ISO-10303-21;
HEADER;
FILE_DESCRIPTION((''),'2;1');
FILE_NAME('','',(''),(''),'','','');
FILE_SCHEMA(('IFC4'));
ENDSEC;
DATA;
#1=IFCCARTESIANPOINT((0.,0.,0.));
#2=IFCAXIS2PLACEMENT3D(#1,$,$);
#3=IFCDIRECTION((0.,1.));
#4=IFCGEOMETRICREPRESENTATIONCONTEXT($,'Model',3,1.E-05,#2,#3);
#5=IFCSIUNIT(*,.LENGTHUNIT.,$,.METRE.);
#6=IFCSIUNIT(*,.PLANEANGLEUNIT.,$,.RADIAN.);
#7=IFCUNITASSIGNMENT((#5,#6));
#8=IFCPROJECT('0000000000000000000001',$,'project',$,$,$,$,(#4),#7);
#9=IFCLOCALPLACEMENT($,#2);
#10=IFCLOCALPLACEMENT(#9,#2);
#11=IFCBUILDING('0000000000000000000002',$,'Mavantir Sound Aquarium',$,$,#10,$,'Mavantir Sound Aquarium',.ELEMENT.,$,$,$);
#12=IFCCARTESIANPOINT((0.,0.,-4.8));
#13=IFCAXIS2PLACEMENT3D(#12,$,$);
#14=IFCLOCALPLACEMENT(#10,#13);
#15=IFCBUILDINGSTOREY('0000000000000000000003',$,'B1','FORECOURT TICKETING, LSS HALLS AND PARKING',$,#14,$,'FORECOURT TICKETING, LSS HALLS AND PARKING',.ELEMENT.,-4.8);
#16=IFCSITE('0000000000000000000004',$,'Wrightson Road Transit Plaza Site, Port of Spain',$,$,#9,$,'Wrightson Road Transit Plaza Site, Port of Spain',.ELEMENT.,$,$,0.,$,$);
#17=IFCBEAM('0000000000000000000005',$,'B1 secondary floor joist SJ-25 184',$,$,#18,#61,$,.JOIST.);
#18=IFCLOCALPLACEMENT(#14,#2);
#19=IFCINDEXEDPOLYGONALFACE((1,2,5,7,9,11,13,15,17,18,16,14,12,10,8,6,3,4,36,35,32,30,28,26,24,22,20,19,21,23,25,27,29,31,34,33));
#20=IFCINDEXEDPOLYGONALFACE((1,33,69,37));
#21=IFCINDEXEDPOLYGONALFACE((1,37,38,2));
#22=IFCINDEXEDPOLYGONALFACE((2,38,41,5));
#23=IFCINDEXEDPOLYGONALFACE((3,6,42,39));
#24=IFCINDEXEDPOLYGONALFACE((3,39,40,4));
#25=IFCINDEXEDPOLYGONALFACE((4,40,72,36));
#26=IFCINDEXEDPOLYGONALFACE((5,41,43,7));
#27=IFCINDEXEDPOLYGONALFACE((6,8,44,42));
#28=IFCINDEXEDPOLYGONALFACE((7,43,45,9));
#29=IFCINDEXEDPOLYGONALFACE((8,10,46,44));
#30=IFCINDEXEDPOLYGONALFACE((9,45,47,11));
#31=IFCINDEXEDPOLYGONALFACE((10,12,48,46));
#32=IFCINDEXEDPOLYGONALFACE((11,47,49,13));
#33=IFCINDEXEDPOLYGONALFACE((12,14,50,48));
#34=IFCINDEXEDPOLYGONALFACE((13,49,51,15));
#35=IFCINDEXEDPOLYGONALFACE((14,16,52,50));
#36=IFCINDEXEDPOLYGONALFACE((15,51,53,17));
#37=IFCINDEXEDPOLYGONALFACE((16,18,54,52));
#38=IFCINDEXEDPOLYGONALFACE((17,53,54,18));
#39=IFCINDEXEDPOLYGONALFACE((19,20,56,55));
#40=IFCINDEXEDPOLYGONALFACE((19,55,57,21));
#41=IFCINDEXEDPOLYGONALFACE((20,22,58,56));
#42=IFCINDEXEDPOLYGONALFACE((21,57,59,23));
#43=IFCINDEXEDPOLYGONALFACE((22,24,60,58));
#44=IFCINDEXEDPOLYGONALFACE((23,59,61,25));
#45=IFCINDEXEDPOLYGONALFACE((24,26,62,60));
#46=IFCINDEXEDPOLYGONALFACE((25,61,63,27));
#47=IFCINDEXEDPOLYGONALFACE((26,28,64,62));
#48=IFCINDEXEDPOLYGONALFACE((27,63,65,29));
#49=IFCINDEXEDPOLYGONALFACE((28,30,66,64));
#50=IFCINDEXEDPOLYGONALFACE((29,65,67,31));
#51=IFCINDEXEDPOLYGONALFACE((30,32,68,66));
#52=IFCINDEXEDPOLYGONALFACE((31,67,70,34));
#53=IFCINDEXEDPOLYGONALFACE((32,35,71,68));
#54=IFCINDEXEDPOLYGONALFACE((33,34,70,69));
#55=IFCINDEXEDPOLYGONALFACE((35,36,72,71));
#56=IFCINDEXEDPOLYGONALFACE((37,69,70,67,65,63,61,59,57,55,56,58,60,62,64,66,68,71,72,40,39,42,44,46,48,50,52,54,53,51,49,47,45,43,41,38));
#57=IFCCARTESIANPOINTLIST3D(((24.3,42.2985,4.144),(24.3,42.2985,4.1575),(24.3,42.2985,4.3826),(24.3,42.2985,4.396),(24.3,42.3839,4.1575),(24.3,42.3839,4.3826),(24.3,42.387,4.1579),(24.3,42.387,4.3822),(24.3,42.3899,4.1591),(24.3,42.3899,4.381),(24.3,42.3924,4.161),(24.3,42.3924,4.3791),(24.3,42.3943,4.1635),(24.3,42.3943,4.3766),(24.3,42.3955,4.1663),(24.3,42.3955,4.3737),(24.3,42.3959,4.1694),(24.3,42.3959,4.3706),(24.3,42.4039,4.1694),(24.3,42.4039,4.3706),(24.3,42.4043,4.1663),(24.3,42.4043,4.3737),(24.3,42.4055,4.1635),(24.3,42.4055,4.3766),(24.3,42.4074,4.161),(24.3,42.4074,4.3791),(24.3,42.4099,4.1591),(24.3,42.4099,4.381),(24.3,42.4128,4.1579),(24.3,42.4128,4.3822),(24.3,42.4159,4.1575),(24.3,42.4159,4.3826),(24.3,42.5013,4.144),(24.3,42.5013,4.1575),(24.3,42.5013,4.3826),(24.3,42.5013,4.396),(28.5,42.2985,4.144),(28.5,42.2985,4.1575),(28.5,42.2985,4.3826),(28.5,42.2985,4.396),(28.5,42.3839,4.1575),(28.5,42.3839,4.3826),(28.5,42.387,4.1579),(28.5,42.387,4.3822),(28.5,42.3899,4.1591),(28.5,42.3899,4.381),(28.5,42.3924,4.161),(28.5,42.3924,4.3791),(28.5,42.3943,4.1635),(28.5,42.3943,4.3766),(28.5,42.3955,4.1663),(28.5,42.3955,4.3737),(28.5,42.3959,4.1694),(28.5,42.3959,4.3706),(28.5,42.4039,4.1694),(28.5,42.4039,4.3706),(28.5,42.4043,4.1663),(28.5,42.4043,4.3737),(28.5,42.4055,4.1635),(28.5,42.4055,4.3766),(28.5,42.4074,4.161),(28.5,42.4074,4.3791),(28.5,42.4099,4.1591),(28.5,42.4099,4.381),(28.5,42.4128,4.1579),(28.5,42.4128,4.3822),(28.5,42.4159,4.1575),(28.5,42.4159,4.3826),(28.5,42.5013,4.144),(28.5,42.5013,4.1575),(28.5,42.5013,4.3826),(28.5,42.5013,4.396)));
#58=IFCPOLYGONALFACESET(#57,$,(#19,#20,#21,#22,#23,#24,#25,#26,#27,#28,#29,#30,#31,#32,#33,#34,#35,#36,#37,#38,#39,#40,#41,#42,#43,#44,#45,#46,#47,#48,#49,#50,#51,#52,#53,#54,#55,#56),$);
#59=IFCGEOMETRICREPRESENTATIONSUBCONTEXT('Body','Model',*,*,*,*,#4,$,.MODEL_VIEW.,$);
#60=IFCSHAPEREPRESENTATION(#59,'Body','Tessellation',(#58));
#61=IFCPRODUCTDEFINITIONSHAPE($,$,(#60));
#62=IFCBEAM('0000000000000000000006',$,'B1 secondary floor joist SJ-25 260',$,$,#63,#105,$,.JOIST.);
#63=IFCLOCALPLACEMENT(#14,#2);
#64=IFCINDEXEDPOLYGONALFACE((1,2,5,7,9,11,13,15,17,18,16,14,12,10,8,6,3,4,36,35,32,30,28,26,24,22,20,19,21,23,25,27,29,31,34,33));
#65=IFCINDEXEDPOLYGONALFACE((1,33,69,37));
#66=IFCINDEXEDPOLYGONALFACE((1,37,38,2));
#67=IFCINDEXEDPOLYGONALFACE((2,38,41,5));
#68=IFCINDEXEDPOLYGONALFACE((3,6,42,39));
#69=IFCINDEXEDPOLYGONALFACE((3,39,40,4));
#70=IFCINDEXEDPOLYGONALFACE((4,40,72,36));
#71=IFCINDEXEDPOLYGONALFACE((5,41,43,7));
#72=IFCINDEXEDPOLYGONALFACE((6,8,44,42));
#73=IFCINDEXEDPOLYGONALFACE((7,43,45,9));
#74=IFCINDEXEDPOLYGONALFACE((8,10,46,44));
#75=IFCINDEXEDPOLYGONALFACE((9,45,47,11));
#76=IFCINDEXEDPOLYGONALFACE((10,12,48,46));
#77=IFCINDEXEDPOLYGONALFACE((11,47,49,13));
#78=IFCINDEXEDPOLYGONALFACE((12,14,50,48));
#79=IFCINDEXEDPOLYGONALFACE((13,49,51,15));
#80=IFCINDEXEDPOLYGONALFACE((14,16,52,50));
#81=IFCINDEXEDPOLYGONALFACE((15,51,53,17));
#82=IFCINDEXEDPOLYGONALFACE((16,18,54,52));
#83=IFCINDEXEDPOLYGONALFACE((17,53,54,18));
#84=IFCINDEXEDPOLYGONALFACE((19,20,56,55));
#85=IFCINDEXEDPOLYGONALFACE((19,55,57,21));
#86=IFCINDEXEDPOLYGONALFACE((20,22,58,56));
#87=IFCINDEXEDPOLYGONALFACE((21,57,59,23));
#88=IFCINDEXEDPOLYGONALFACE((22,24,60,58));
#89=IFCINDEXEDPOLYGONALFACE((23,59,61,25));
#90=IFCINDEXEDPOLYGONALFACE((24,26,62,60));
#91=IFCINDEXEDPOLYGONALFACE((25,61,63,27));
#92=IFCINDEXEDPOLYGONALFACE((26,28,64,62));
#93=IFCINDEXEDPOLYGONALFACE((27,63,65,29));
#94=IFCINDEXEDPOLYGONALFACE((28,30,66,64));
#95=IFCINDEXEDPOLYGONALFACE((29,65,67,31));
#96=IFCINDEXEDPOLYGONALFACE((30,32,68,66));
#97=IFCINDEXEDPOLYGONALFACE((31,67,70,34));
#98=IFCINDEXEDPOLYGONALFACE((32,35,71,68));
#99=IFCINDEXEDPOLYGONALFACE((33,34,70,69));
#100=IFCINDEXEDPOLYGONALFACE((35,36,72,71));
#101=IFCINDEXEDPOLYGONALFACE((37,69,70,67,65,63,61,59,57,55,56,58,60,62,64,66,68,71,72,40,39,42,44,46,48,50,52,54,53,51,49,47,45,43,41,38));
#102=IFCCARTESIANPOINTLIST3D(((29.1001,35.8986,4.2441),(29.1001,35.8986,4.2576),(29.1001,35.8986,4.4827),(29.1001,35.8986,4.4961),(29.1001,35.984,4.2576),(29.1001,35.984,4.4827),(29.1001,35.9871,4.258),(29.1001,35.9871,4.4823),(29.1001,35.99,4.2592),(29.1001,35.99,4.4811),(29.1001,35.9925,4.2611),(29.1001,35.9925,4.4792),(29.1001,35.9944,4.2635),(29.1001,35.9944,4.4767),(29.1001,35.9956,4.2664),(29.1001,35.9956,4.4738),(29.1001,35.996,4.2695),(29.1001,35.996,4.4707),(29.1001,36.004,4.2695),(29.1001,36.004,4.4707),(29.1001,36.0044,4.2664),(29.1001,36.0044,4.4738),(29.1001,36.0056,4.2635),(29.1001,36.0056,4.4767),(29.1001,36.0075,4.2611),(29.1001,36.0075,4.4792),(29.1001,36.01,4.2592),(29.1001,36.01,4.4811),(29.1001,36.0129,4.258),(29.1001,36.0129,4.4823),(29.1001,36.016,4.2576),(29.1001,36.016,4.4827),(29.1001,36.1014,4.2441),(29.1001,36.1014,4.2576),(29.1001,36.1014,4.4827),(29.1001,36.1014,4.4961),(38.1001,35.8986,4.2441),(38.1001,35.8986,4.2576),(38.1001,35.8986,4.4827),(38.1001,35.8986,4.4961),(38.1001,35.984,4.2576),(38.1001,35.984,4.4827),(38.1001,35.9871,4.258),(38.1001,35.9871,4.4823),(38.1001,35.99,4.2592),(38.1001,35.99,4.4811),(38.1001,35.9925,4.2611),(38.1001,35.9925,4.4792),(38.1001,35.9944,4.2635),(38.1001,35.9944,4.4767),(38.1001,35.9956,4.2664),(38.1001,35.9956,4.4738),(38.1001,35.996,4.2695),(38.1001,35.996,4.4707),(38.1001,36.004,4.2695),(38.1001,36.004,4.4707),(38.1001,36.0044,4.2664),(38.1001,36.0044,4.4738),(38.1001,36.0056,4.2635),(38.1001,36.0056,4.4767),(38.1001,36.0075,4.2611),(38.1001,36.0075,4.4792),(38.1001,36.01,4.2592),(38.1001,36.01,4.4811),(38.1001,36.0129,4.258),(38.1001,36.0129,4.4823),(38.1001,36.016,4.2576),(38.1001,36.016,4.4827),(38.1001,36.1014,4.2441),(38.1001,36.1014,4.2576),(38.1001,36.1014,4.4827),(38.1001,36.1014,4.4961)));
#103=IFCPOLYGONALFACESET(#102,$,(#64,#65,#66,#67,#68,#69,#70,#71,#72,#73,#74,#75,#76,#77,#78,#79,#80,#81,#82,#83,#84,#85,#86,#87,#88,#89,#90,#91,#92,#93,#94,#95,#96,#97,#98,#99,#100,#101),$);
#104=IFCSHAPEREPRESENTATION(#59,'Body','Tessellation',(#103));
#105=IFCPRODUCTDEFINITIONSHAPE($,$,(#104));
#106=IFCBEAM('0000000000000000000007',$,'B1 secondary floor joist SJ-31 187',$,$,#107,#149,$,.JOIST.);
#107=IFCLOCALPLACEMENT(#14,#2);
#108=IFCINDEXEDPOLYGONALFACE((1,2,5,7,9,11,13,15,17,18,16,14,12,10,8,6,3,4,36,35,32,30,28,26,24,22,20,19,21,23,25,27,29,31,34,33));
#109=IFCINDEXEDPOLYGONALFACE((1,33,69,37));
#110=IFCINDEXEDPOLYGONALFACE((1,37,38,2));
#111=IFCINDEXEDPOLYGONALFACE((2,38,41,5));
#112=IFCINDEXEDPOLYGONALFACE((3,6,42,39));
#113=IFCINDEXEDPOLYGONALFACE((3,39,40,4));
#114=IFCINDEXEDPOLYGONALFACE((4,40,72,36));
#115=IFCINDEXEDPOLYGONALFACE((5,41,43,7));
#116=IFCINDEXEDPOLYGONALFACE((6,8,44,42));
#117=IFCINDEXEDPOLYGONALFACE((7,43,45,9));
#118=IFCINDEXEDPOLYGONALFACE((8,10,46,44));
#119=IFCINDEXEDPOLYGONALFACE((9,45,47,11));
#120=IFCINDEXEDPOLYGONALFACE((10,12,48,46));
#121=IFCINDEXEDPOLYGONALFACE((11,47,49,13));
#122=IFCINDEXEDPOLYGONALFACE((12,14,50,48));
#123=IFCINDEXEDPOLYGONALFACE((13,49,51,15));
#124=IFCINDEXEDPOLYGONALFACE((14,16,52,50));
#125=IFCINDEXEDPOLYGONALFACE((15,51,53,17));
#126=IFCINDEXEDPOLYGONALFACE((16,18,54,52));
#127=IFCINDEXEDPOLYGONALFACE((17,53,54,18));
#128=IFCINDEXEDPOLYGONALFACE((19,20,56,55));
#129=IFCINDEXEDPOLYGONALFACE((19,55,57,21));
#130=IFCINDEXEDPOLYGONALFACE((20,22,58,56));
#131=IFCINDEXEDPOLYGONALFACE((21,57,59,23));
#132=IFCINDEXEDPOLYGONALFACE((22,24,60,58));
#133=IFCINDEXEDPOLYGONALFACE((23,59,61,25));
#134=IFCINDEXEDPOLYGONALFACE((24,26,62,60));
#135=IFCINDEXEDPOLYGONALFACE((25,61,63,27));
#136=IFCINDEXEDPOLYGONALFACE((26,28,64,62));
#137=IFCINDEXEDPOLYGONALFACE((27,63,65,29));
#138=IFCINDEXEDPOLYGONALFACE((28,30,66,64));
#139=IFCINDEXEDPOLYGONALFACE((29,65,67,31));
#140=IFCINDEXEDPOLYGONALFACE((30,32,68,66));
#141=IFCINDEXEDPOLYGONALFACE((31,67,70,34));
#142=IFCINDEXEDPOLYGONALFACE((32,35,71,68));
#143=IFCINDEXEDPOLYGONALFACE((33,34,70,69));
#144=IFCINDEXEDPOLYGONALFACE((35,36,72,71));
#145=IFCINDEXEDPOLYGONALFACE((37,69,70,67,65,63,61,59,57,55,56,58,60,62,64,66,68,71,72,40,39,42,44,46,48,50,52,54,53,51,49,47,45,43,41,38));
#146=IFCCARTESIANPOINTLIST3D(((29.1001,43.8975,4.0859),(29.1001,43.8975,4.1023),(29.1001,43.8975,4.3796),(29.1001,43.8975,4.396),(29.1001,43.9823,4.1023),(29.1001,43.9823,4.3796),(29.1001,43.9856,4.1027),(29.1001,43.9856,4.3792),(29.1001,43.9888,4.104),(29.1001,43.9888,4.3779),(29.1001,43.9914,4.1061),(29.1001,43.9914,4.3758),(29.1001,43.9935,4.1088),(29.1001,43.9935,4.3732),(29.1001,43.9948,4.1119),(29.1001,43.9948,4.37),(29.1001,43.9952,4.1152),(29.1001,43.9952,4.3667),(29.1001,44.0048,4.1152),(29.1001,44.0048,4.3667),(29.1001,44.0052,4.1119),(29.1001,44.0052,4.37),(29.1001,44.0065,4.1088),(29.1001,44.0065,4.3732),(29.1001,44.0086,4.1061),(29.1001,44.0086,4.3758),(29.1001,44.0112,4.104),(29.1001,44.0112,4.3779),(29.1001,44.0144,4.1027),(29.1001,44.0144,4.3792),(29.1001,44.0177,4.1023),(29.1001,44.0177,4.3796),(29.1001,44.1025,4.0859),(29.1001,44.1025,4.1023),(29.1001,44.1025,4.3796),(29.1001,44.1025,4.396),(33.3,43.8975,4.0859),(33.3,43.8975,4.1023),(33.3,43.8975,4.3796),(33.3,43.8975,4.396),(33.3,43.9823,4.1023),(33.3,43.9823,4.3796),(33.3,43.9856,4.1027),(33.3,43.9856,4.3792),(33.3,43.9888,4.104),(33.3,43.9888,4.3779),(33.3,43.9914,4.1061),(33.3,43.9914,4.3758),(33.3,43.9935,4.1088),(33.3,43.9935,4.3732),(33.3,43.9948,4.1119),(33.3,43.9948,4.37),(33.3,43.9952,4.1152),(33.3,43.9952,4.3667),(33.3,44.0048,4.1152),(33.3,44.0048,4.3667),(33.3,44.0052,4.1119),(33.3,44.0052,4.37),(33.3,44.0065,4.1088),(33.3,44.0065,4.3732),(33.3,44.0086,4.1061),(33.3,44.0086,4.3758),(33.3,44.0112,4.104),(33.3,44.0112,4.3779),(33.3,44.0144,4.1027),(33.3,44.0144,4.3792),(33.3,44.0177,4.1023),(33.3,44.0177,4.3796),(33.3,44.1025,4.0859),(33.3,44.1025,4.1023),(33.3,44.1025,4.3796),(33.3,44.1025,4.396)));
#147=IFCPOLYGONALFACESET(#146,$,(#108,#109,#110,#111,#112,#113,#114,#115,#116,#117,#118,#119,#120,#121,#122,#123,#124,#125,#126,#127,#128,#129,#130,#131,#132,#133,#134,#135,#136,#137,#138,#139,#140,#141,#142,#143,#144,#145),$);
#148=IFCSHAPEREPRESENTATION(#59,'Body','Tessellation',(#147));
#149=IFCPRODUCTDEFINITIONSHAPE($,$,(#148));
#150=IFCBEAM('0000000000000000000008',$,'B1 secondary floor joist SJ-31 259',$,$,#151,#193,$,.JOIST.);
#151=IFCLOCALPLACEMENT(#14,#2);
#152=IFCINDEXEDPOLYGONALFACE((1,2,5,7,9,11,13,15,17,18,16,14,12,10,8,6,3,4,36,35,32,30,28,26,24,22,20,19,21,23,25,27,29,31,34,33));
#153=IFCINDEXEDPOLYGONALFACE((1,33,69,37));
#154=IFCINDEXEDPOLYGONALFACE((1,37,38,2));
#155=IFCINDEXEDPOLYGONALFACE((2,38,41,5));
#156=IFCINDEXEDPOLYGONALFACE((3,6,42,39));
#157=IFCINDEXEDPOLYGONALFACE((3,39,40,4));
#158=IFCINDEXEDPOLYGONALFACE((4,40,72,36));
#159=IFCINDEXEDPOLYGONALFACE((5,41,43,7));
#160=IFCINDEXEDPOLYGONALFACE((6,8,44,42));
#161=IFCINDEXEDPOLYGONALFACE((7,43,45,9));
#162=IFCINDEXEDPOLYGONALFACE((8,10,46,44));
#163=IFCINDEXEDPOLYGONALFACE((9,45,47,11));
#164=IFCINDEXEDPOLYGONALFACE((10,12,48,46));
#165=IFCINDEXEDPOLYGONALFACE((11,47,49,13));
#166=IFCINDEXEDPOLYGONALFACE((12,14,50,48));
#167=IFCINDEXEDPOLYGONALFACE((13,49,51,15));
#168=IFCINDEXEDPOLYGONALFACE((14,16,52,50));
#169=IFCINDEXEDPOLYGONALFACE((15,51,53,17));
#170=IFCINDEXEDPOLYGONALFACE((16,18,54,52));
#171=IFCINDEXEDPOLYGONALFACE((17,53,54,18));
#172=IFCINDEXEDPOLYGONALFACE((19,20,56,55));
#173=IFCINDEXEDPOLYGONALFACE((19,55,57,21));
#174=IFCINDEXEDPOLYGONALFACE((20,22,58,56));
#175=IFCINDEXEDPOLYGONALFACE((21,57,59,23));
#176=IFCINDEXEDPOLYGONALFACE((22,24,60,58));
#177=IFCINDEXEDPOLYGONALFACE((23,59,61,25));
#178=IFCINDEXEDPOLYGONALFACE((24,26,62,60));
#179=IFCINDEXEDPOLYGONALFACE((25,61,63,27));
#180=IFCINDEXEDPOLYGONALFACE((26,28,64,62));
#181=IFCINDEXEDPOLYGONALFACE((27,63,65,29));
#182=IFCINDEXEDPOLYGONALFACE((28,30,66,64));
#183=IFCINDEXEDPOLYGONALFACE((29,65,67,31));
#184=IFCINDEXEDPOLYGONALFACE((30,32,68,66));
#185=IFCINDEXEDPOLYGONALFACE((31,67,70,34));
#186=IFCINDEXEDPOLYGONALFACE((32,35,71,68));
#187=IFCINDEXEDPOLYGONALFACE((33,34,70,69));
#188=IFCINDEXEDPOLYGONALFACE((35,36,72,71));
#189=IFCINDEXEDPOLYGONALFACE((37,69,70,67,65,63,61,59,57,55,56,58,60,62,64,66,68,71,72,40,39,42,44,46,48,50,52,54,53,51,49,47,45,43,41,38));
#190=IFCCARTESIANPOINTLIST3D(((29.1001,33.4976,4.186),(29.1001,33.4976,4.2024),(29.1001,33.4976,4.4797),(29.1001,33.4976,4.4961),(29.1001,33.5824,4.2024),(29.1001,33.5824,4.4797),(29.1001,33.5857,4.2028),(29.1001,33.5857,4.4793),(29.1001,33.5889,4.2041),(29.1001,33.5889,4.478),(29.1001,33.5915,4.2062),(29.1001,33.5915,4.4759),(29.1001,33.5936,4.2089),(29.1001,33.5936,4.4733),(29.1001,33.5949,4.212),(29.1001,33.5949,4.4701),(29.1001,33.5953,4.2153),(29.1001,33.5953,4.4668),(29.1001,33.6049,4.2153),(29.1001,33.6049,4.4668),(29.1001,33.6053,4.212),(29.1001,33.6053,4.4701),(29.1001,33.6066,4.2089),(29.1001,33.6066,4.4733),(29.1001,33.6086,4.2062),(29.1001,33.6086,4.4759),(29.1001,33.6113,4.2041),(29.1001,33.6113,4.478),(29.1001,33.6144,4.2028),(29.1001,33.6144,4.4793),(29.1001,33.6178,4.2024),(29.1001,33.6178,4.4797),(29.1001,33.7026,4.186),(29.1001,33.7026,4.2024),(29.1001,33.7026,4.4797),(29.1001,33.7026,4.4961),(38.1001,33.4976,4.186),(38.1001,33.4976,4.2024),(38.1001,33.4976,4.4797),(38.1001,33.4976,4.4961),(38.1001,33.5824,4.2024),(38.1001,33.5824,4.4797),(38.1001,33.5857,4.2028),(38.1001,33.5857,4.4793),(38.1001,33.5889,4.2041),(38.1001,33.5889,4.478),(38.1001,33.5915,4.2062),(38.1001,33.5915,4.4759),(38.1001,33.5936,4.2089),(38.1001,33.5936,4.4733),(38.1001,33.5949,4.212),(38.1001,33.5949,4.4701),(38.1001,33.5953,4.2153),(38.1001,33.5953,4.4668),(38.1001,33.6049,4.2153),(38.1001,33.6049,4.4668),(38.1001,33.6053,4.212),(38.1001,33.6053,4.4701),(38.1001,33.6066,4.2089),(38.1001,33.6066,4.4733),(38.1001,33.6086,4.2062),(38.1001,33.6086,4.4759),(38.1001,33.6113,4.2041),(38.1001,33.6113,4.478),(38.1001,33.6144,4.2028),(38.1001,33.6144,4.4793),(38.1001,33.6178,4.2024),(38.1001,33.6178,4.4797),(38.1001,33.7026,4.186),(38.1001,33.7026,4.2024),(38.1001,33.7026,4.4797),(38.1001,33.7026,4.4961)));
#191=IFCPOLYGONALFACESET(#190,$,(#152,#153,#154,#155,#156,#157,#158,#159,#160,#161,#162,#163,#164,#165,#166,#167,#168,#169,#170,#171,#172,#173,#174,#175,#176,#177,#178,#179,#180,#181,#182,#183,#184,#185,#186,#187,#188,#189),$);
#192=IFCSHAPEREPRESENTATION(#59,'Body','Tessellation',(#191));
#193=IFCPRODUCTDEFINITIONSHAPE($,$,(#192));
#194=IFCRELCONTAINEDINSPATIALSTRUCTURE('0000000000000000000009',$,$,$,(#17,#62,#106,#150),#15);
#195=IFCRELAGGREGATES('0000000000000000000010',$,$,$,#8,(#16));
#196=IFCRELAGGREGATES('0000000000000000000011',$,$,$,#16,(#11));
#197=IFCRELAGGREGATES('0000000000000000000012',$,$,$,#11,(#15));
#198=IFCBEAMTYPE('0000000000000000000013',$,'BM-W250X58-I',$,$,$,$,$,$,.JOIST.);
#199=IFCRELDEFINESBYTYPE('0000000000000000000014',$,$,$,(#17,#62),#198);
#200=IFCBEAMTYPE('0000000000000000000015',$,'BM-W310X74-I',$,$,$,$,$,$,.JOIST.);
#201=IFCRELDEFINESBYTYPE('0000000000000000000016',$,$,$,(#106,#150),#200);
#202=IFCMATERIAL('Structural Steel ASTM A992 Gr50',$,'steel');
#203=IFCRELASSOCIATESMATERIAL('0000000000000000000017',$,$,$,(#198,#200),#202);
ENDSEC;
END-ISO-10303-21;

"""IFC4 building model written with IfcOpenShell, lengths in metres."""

from ifc_helpers import new_model, si_unit, direction, frame, origin, origin_2d, place, context, subcontext, project, spatial, i_section, extrude, material, material_profile, profile_set, type_object, element, save


model = new_model("IFC4")

# Units and contexts
model_context = context("Model", 3, precision=1e-05, world=origin(), true_north=direction((0.0, 1.0)))
body_context = subcontext(model_context, "Body", "Model", "MODEL_VIEW")
ifc_project = project(units=[si_unit("LENGTHUNIT", "METRE"), si_unit("PLANEANGLEUNIT", "RADIAN")], contexts=[model_context])

# Site, building, storey
site_placement = place(None, origin())
site = spatial("IfcSite", under=ifc_project, at=site_placement, Name="Wrightson Road Transit Plaza Site, Port of Spain", LongName="Wrightson Road Transit Plaza Site, Port of Spain", CompositionType="ELEMENT", RefElevation=0.0)
building_placement = place(site_placement, origin())
building = spatial("IfcBuilding", under=site, at=building_placement, Name="Mavantir Sound Aquarium", LongName="Mavantir Sound Aquarium", CompositionType="ELEMENT")
storey_placement = place(building_placement, frame((0.0, 0.0, -4.8)))
storey = spatial("IfcBuildingStorey", under=building, at=storey_placement, Name="B1", Description="FORECOURT TICKETING, LSS HALLS AND PARKING", LongName="FORECOURT TICKETING, LSS HALLS AND PARKING", CompositionType="ELEMENT", Elevation=-4.8)

# Beams
ifc_material_1 = material(Name="Structural Steel ASTM A992 Gr50", Category="steel")
ifc_material_profile_1 = material_profile(ifc_material_1, i_section(OverallWidth=0.2029, OverallDepth=0.252, WebThickness=0.0081, FlangeThickness=0.0134, FilletRadius=0.012, at=origin_2d()), Name="W250X58")
ifc_profile_set_1 = profile_set([ifc_material_profile_1], Name="Structural Steel ASTM A992 Gr50")
beam_type_1 = type_object("IfcBeamType", Name="BM-W250X58-I", PredefinedType="JOIST", material=ifc_profile_set_1)
beam_1_placement = place(storey_placement, frame((24.3, 42.3999, 4.27), z_axis=(1.0, 0.0, 0.0), x_axis=(0.0, 1.0, 0.0)))
element("IfcBeam", 1, at=beam_1_placement, inside=storey, type_object=beam_type_1, Name="B1 secondary floor joist SJ-25 184", PredefinedType="JOIST", context=body_context, shape_type="SweptSolid", body=[
    extrude(i_section(OverallWidth=0.2029, OverallDepth=0.252, WebThickness=0.0081, FlangeThickness=0.0134, FilletRadius=0.012, at=origin_2d()), origin(), (0.0, 0.0, 1.0), 4.2),
])
beam_2_placement = place(storey_placement, frame((29.1001, 36.0, 4.3701), z_axis=(1.0, 0.0, 0.0), x_axis=(0.0, 1.0, 0.0)))
element("IfcBeam", 2, at=beam_2_placement, inside=storey, type_object=beam_type_1, Name="B1 secondary floor joist SJ-25 260", PredefinedType="JOIST", context=body_context, shape_type="SweptSolid", body=[
    extrude(i_section(OverallWidth=0.2029, OverallDepth=0.252, WebThickness=0.0081, FlangeThickness=0.0134, FilletRadius=0.012, at=origin_2d()), origin(), (0.0, 0.0, 1.0), 9.0),
])
ifc_material_profile_2 = material_profile(ifc_material_1, i_section(OverallWidth=0.2051, OverallDepth=0.3101, WebThickness=0.0095, FlangeThickness=0.0164, FilletRadius=0.0129, at=origin_2d()), Name="W310X74")
ifc_profile_set_2 = profile_set([ifc_material_profile_2], Name="Structural Steel ASTM A992 Gr50")
beam_type_2 = type_object("IfcBeamType", Name="BM-W310X74-I", PredefinedType="JOIST", material=ifc_profile_set_2)
beam_3_placement = place(storey_placement, frame((29.1001, 44.0, 4.241), z_axis=(1.0, 0.0, 0.0), x_axis=(0.0, 1.0, 0.0)))
element("IfcBeam", 3, at=beam_3_placement, inside=storey, type_object=beam_type_2, Name="B1 secondary floor joist SJ-31 187", PredefinedType="JOIST", context=body_context, shape_type="SweptSolid", body=[
    extrude(i_section(OverallWidth=0.2051, OverallDepth=0.3101, WebThickness=0.0095, FlangeThickness=0.0164, FilletRadius=0.0129, at=origin_2d()), origin(), (0.0, 0.0, 1.0), 4.2),
])
beam_4_placement = place(storey_placement, frame((29.1001, 33.6001, 4.3411), z_axis=(1.0, 0.0, 0.0), x_axis=(0.0, 1.0, 0.0)))
element("IfcBeam", 4, at=beam_4_placement, inside=storey, type_object=beam_type_2, Name="B1 secondary floor joist SJ-31 259", PredefinedType="JOIST", context=body_context, shape_type="SweptSolid", body=[
    extrude(i_section(OverallWidth=0.2051, OverallDepth=0.3101, WebThickness=0.0095, FlangeThickness=0.0164, FilletRadius=0.0129, at=origin_2d()), origin(), (0.0, 0.0, 1.0), 9.0),
])

save(model, "model.ifc")
